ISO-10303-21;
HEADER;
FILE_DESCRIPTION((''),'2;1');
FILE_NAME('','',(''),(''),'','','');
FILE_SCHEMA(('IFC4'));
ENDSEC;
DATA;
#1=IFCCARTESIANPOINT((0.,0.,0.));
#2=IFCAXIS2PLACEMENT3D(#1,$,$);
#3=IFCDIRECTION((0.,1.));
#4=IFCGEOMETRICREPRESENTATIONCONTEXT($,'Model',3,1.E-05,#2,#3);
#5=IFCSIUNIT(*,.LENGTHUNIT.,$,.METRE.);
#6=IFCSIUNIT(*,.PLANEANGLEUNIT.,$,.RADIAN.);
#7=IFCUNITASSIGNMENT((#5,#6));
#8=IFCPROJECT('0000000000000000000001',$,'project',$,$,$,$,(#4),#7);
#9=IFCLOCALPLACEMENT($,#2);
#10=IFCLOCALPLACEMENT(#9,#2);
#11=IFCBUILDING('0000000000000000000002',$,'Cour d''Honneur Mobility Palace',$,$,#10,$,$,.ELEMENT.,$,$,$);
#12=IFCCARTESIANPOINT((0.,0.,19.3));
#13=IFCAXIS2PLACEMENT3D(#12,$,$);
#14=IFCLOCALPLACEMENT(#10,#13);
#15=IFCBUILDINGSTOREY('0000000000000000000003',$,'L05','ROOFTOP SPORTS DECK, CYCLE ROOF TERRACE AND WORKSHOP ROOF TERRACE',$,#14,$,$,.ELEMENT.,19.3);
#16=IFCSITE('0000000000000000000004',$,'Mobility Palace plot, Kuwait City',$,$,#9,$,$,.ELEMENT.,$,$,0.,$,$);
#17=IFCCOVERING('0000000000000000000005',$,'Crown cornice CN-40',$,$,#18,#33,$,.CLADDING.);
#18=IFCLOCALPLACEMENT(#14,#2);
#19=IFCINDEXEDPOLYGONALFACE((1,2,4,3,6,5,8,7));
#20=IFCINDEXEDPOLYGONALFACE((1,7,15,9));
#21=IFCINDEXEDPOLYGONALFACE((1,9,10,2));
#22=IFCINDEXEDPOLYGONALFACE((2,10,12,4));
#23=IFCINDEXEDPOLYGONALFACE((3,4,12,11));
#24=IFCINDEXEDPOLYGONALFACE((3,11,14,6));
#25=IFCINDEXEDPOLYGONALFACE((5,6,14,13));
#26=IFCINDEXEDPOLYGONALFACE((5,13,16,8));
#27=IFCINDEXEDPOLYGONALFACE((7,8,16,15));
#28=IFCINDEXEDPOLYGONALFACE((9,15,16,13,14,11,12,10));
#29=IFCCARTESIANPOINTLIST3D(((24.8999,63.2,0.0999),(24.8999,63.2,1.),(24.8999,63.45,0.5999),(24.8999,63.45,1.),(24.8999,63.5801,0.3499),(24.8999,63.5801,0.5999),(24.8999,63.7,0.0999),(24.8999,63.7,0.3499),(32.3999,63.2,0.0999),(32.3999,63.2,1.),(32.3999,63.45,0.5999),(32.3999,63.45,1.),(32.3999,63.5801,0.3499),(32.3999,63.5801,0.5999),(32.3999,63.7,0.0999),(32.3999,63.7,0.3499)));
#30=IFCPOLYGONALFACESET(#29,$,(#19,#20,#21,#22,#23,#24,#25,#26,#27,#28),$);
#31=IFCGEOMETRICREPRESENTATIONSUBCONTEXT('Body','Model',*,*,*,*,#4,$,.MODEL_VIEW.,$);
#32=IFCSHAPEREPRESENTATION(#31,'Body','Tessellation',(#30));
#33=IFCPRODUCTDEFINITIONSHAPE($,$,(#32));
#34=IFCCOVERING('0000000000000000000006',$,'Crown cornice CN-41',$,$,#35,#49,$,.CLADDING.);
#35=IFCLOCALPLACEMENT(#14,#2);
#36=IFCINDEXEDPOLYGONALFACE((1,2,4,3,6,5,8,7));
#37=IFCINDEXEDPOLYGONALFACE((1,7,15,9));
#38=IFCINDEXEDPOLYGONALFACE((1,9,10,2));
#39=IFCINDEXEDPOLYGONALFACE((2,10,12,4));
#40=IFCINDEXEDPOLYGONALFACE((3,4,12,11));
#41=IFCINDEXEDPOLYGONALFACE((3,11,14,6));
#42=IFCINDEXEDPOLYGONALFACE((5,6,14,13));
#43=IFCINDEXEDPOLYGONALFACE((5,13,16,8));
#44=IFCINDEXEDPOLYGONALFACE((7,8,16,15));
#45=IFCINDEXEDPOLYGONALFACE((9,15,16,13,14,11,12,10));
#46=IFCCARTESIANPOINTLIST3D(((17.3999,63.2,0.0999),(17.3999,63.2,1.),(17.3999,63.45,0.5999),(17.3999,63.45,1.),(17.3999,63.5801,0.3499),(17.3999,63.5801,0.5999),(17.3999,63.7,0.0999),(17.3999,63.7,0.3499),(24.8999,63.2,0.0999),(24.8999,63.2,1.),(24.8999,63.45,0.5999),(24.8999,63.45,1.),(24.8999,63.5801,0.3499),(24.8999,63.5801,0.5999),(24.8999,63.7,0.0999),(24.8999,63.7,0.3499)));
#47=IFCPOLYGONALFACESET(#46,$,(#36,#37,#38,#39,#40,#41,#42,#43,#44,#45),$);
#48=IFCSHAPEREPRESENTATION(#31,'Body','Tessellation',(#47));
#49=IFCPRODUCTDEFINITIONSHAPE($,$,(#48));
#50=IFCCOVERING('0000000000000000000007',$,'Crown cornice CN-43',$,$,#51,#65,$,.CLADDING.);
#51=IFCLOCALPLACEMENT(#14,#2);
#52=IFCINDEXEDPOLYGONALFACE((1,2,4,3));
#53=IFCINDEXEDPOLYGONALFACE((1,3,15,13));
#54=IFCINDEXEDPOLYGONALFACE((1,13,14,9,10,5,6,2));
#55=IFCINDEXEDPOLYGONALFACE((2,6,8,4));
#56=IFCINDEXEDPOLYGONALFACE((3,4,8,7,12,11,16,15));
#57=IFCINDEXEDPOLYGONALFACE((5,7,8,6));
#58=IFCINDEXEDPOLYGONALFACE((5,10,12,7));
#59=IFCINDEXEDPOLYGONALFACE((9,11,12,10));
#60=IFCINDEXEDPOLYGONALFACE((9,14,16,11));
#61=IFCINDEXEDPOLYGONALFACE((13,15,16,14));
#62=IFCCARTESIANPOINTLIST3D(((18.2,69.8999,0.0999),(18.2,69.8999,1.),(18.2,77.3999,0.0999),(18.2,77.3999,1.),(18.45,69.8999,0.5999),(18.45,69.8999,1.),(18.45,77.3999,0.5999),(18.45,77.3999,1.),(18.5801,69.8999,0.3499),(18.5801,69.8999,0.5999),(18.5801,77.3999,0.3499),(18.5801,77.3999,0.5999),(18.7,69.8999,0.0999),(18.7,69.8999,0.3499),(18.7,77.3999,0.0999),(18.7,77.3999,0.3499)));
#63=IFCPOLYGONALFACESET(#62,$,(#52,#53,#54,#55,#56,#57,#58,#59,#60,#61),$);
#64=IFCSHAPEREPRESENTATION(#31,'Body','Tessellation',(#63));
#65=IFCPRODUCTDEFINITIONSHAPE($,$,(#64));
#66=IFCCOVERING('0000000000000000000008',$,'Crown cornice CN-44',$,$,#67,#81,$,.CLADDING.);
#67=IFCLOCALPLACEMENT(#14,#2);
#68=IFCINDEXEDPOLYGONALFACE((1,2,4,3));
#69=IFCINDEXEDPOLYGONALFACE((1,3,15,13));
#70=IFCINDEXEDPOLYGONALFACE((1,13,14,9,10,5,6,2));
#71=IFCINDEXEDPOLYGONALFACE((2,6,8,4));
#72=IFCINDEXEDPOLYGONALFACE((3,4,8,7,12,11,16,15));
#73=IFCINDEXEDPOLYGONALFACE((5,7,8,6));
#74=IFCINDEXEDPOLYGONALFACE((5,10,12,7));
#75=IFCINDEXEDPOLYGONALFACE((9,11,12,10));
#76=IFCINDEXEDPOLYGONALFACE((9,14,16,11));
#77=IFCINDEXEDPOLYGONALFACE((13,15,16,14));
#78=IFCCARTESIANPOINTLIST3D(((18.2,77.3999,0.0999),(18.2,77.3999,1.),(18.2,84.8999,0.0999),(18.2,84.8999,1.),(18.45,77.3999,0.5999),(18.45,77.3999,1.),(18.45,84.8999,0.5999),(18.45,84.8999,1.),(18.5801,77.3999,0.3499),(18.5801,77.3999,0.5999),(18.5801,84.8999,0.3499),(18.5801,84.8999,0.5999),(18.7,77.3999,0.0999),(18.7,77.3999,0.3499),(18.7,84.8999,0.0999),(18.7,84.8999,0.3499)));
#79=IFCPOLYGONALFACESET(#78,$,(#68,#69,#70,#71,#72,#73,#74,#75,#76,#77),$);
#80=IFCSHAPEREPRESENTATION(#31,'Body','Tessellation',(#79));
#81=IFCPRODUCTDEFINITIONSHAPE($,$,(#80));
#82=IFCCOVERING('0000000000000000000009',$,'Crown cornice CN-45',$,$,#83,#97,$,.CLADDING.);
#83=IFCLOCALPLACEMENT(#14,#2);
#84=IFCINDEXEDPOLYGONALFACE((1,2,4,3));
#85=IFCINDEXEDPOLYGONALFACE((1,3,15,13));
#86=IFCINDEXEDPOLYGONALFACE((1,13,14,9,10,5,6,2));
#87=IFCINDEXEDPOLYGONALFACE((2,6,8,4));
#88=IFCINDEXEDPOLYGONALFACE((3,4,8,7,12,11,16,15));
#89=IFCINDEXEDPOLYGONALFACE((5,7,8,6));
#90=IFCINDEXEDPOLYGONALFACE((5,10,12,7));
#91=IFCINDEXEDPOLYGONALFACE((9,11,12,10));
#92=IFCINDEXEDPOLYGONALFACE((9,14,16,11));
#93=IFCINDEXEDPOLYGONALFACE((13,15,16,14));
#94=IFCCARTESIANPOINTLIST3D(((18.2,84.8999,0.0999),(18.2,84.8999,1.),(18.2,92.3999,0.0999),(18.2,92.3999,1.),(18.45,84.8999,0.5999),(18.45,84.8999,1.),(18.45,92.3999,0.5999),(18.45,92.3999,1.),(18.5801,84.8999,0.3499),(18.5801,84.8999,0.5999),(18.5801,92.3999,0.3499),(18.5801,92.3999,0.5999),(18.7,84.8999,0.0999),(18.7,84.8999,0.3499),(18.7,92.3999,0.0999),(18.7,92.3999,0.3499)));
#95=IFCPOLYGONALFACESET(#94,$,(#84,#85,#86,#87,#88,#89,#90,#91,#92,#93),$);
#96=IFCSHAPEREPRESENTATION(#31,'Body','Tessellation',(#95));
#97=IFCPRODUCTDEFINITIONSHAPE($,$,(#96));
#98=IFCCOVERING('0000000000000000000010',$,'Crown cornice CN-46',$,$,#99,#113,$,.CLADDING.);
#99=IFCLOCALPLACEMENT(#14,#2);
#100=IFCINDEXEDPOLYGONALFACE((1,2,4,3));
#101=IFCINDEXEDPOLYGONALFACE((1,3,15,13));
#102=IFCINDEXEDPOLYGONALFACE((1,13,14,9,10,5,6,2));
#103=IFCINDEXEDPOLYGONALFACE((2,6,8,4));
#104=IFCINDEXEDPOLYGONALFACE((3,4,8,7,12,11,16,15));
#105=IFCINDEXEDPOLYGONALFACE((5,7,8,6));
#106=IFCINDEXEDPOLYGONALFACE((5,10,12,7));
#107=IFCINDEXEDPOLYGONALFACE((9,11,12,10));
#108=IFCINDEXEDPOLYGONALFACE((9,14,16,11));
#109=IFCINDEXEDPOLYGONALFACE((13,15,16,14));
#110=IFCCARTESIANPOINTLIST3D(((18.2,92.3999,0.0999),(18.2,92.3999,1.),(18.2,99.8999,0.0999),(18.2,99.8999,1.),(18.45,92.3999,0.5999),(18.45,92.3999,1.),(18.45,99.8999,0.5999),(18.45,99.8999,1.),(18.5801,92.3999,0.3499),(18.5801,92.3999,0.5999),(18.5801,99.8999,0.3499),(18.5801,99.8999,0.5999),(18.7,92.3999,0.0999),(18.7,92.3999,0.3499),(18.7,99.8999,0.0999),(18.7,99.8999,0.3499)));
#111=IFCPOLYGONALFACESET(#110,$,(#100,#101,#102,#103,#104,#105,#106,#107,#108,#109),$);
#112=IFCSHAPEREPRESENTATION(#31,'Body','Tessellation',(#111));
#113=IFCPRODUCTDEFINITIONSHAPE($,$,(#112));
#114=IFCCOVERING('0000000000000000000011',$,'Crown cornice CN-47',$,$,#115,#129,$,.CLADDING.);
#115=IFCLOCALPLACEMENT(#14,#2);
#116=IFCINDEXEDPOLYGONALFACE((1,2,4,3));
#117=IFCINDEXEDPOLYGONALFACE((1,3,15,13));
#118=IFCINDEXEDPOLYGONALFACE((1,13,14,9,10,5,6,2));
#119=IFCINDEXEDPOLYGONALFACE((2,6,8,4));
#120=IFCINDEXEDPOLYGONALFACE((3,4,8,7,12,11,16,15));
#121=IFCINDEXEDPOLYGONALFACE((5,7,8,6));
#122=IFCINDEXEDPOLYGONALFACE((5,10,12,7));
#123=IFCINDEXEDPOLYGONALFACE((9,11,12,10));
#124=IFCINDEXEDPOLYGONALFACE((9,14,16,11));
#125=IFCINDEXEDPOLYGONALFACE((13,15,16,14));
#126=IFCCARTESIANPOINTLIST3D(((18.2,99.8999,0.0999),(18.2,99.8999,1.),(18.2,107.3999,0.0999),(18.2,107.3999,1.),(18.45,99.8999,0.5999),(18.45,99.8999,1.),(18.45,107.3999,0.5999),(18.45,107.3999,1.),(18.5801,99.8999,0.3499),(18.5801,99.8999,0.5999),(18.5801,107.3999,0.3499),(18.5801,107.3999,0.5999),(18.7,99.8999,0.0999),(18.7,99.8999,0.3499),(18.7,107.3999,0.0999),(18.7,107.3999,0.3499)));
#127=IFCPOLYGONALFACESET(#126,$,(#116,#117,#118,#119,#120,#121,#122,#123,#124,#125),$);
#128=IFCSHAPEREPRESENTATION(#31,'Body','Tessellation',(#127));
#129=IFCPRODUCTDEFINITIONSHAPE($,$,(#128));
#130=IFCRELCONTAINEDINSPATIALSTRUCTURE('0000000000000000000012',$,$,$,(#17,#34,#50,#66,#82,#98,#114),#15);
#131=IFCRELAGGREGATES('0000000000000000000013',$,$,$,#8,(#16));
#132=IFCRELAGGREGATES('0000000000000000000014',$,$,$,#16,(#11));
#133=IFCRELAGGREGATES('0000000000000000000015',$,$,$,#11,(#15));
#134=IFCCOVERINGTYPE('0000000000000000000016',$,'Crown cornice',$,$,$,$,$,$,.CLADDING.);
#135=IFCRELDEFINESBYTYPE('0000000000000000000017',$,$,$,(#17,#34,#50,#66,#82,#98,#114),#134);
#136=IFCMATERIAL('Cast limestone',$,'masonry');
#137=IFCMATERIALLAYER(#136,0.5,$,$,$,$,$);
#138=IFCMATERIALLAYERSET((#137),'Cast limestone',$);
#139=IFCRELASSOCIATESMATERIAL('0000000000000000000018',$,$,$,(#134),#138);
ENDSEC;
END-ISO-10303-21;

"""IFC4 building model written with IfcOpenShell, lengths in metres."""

from ifc_helpers import new_model, si_unit, direction, frame, origin, place, context, subcontext, project, spatial, polyline, outline, extrude, material, layer, layer_set, type_object, element, save


model = new_model("IFC4")

# Units and contexts
model_context = context("Model", 3, precision=1e-05, world=origin(), true_north=direction((0.0, 1.0)))
body_context = subcontext(model_context, "Body", "Model", "MODEL_VIEW")
ifc_project = project(units=[si_unit("LENGTHUNIT", "METRE"), si_unit("PLANEANGLEUNIT", "RADIAN")], contexts=[model_context])

# Site, building, storey
site_placement = place(None, origin())
site = spatial("IfcSite", under=ifc_project, at=site_placement, Name="Mobility Palace plot, Kuwait City", CompositionType="ELEMENT", RefElevation=0.0)
building_placement = place(site_placement, origin())
building = spatial("IfcBuilding", under=site, at=building_placement, Name="Cour d'Honneur Mobility Palace", CompositionType="ELEMENT")
storey_placement = place(building_placement, frame((0.0, 0.0, 19.3)))
storey = spatial("IfcBuildingStorey", under=building, at=storey_placement, Name="L05", Description="ROOFTOP SPORTS DECK, CYCLE ROOF TERRACE AND WORKSHOP ROOF TERRACE", CompositionType="ELEMENT", Elevation=19.3)

# Coverings
ifc_material_1 = material(Name="Cast limestone", Category="masonry")
ifc_layer = layer(ifc_material_1, 0.5)
ifc_layer_set = layer_set([ifc_layer], Name="Cast limestone")
covering_type = type_object("IfcCoveringType", Name="Crown cornice", PredefinedType="CLADDING", material=ifc_layer_set)
for number, where, z_axis, x_axis, name in (
    (1, (32.3999, 63.2, 0.0999), (1.0, 0.0, 0.0), (0.0, 1.0, 0.0), "Crown cornice CN-40"),
    (2, (24.8999, 63.2, 0.0999), (1.0, 0.0, 0.0), (0.0, 1.0, 0.0), "Crown cornice CN-41"),
    (3, (18.2, 69.8999, 0.0999), (0.0, -1.0, 0.0), (1.0, 0.0, 0.0), "Crown cornice CN-43"),
    (4, (18.2, 77.3999, 0.0999), (0.0, -1.0, 0.0), (1.0, 0.0, 0.0), "Crown cornice CN-44"),
    (5, (18.2, 84.8999, 0.0999), (0.0, -1.0, 0.0), (1.0, 0.0, 0.0), "Crown cornice CN-45"),
    (6, (18.2, 92.3999, 0.0999), (0.0, -1.0, 0.0), (1.0, 0.0, 0.0), "Crown cornice CN-46"),
    (7, (18.2, 99.8999, 0.0999), (0.0, -1.0, 0.0), (1.0, 0.0, 0.0), "Crown cornice CN-47"),
):
    element("IfcCovering", number, at=place(storey_placement, frame(where, z_axis=z_axis, x_axis=x_axis)), inside=storey, type_object=covering_type, Name=name, PredefinedType="CLADDING", context=body_context, shape_type="SweptSolid", body=[
        extrude(outline(polyline([(0.0, 0.0), (0.5, 0.0), (0.5, 0.25), (0.3801, 0.25), (0.3801, 0.5), (0.25, 0.5), (0.25, 0.9001), (0.0, 0.9001), (0.0, 0.0)])), origin(), (0.0, 0.0, -1.0), 7.5),
    ])

save(model, "model.ifc")
